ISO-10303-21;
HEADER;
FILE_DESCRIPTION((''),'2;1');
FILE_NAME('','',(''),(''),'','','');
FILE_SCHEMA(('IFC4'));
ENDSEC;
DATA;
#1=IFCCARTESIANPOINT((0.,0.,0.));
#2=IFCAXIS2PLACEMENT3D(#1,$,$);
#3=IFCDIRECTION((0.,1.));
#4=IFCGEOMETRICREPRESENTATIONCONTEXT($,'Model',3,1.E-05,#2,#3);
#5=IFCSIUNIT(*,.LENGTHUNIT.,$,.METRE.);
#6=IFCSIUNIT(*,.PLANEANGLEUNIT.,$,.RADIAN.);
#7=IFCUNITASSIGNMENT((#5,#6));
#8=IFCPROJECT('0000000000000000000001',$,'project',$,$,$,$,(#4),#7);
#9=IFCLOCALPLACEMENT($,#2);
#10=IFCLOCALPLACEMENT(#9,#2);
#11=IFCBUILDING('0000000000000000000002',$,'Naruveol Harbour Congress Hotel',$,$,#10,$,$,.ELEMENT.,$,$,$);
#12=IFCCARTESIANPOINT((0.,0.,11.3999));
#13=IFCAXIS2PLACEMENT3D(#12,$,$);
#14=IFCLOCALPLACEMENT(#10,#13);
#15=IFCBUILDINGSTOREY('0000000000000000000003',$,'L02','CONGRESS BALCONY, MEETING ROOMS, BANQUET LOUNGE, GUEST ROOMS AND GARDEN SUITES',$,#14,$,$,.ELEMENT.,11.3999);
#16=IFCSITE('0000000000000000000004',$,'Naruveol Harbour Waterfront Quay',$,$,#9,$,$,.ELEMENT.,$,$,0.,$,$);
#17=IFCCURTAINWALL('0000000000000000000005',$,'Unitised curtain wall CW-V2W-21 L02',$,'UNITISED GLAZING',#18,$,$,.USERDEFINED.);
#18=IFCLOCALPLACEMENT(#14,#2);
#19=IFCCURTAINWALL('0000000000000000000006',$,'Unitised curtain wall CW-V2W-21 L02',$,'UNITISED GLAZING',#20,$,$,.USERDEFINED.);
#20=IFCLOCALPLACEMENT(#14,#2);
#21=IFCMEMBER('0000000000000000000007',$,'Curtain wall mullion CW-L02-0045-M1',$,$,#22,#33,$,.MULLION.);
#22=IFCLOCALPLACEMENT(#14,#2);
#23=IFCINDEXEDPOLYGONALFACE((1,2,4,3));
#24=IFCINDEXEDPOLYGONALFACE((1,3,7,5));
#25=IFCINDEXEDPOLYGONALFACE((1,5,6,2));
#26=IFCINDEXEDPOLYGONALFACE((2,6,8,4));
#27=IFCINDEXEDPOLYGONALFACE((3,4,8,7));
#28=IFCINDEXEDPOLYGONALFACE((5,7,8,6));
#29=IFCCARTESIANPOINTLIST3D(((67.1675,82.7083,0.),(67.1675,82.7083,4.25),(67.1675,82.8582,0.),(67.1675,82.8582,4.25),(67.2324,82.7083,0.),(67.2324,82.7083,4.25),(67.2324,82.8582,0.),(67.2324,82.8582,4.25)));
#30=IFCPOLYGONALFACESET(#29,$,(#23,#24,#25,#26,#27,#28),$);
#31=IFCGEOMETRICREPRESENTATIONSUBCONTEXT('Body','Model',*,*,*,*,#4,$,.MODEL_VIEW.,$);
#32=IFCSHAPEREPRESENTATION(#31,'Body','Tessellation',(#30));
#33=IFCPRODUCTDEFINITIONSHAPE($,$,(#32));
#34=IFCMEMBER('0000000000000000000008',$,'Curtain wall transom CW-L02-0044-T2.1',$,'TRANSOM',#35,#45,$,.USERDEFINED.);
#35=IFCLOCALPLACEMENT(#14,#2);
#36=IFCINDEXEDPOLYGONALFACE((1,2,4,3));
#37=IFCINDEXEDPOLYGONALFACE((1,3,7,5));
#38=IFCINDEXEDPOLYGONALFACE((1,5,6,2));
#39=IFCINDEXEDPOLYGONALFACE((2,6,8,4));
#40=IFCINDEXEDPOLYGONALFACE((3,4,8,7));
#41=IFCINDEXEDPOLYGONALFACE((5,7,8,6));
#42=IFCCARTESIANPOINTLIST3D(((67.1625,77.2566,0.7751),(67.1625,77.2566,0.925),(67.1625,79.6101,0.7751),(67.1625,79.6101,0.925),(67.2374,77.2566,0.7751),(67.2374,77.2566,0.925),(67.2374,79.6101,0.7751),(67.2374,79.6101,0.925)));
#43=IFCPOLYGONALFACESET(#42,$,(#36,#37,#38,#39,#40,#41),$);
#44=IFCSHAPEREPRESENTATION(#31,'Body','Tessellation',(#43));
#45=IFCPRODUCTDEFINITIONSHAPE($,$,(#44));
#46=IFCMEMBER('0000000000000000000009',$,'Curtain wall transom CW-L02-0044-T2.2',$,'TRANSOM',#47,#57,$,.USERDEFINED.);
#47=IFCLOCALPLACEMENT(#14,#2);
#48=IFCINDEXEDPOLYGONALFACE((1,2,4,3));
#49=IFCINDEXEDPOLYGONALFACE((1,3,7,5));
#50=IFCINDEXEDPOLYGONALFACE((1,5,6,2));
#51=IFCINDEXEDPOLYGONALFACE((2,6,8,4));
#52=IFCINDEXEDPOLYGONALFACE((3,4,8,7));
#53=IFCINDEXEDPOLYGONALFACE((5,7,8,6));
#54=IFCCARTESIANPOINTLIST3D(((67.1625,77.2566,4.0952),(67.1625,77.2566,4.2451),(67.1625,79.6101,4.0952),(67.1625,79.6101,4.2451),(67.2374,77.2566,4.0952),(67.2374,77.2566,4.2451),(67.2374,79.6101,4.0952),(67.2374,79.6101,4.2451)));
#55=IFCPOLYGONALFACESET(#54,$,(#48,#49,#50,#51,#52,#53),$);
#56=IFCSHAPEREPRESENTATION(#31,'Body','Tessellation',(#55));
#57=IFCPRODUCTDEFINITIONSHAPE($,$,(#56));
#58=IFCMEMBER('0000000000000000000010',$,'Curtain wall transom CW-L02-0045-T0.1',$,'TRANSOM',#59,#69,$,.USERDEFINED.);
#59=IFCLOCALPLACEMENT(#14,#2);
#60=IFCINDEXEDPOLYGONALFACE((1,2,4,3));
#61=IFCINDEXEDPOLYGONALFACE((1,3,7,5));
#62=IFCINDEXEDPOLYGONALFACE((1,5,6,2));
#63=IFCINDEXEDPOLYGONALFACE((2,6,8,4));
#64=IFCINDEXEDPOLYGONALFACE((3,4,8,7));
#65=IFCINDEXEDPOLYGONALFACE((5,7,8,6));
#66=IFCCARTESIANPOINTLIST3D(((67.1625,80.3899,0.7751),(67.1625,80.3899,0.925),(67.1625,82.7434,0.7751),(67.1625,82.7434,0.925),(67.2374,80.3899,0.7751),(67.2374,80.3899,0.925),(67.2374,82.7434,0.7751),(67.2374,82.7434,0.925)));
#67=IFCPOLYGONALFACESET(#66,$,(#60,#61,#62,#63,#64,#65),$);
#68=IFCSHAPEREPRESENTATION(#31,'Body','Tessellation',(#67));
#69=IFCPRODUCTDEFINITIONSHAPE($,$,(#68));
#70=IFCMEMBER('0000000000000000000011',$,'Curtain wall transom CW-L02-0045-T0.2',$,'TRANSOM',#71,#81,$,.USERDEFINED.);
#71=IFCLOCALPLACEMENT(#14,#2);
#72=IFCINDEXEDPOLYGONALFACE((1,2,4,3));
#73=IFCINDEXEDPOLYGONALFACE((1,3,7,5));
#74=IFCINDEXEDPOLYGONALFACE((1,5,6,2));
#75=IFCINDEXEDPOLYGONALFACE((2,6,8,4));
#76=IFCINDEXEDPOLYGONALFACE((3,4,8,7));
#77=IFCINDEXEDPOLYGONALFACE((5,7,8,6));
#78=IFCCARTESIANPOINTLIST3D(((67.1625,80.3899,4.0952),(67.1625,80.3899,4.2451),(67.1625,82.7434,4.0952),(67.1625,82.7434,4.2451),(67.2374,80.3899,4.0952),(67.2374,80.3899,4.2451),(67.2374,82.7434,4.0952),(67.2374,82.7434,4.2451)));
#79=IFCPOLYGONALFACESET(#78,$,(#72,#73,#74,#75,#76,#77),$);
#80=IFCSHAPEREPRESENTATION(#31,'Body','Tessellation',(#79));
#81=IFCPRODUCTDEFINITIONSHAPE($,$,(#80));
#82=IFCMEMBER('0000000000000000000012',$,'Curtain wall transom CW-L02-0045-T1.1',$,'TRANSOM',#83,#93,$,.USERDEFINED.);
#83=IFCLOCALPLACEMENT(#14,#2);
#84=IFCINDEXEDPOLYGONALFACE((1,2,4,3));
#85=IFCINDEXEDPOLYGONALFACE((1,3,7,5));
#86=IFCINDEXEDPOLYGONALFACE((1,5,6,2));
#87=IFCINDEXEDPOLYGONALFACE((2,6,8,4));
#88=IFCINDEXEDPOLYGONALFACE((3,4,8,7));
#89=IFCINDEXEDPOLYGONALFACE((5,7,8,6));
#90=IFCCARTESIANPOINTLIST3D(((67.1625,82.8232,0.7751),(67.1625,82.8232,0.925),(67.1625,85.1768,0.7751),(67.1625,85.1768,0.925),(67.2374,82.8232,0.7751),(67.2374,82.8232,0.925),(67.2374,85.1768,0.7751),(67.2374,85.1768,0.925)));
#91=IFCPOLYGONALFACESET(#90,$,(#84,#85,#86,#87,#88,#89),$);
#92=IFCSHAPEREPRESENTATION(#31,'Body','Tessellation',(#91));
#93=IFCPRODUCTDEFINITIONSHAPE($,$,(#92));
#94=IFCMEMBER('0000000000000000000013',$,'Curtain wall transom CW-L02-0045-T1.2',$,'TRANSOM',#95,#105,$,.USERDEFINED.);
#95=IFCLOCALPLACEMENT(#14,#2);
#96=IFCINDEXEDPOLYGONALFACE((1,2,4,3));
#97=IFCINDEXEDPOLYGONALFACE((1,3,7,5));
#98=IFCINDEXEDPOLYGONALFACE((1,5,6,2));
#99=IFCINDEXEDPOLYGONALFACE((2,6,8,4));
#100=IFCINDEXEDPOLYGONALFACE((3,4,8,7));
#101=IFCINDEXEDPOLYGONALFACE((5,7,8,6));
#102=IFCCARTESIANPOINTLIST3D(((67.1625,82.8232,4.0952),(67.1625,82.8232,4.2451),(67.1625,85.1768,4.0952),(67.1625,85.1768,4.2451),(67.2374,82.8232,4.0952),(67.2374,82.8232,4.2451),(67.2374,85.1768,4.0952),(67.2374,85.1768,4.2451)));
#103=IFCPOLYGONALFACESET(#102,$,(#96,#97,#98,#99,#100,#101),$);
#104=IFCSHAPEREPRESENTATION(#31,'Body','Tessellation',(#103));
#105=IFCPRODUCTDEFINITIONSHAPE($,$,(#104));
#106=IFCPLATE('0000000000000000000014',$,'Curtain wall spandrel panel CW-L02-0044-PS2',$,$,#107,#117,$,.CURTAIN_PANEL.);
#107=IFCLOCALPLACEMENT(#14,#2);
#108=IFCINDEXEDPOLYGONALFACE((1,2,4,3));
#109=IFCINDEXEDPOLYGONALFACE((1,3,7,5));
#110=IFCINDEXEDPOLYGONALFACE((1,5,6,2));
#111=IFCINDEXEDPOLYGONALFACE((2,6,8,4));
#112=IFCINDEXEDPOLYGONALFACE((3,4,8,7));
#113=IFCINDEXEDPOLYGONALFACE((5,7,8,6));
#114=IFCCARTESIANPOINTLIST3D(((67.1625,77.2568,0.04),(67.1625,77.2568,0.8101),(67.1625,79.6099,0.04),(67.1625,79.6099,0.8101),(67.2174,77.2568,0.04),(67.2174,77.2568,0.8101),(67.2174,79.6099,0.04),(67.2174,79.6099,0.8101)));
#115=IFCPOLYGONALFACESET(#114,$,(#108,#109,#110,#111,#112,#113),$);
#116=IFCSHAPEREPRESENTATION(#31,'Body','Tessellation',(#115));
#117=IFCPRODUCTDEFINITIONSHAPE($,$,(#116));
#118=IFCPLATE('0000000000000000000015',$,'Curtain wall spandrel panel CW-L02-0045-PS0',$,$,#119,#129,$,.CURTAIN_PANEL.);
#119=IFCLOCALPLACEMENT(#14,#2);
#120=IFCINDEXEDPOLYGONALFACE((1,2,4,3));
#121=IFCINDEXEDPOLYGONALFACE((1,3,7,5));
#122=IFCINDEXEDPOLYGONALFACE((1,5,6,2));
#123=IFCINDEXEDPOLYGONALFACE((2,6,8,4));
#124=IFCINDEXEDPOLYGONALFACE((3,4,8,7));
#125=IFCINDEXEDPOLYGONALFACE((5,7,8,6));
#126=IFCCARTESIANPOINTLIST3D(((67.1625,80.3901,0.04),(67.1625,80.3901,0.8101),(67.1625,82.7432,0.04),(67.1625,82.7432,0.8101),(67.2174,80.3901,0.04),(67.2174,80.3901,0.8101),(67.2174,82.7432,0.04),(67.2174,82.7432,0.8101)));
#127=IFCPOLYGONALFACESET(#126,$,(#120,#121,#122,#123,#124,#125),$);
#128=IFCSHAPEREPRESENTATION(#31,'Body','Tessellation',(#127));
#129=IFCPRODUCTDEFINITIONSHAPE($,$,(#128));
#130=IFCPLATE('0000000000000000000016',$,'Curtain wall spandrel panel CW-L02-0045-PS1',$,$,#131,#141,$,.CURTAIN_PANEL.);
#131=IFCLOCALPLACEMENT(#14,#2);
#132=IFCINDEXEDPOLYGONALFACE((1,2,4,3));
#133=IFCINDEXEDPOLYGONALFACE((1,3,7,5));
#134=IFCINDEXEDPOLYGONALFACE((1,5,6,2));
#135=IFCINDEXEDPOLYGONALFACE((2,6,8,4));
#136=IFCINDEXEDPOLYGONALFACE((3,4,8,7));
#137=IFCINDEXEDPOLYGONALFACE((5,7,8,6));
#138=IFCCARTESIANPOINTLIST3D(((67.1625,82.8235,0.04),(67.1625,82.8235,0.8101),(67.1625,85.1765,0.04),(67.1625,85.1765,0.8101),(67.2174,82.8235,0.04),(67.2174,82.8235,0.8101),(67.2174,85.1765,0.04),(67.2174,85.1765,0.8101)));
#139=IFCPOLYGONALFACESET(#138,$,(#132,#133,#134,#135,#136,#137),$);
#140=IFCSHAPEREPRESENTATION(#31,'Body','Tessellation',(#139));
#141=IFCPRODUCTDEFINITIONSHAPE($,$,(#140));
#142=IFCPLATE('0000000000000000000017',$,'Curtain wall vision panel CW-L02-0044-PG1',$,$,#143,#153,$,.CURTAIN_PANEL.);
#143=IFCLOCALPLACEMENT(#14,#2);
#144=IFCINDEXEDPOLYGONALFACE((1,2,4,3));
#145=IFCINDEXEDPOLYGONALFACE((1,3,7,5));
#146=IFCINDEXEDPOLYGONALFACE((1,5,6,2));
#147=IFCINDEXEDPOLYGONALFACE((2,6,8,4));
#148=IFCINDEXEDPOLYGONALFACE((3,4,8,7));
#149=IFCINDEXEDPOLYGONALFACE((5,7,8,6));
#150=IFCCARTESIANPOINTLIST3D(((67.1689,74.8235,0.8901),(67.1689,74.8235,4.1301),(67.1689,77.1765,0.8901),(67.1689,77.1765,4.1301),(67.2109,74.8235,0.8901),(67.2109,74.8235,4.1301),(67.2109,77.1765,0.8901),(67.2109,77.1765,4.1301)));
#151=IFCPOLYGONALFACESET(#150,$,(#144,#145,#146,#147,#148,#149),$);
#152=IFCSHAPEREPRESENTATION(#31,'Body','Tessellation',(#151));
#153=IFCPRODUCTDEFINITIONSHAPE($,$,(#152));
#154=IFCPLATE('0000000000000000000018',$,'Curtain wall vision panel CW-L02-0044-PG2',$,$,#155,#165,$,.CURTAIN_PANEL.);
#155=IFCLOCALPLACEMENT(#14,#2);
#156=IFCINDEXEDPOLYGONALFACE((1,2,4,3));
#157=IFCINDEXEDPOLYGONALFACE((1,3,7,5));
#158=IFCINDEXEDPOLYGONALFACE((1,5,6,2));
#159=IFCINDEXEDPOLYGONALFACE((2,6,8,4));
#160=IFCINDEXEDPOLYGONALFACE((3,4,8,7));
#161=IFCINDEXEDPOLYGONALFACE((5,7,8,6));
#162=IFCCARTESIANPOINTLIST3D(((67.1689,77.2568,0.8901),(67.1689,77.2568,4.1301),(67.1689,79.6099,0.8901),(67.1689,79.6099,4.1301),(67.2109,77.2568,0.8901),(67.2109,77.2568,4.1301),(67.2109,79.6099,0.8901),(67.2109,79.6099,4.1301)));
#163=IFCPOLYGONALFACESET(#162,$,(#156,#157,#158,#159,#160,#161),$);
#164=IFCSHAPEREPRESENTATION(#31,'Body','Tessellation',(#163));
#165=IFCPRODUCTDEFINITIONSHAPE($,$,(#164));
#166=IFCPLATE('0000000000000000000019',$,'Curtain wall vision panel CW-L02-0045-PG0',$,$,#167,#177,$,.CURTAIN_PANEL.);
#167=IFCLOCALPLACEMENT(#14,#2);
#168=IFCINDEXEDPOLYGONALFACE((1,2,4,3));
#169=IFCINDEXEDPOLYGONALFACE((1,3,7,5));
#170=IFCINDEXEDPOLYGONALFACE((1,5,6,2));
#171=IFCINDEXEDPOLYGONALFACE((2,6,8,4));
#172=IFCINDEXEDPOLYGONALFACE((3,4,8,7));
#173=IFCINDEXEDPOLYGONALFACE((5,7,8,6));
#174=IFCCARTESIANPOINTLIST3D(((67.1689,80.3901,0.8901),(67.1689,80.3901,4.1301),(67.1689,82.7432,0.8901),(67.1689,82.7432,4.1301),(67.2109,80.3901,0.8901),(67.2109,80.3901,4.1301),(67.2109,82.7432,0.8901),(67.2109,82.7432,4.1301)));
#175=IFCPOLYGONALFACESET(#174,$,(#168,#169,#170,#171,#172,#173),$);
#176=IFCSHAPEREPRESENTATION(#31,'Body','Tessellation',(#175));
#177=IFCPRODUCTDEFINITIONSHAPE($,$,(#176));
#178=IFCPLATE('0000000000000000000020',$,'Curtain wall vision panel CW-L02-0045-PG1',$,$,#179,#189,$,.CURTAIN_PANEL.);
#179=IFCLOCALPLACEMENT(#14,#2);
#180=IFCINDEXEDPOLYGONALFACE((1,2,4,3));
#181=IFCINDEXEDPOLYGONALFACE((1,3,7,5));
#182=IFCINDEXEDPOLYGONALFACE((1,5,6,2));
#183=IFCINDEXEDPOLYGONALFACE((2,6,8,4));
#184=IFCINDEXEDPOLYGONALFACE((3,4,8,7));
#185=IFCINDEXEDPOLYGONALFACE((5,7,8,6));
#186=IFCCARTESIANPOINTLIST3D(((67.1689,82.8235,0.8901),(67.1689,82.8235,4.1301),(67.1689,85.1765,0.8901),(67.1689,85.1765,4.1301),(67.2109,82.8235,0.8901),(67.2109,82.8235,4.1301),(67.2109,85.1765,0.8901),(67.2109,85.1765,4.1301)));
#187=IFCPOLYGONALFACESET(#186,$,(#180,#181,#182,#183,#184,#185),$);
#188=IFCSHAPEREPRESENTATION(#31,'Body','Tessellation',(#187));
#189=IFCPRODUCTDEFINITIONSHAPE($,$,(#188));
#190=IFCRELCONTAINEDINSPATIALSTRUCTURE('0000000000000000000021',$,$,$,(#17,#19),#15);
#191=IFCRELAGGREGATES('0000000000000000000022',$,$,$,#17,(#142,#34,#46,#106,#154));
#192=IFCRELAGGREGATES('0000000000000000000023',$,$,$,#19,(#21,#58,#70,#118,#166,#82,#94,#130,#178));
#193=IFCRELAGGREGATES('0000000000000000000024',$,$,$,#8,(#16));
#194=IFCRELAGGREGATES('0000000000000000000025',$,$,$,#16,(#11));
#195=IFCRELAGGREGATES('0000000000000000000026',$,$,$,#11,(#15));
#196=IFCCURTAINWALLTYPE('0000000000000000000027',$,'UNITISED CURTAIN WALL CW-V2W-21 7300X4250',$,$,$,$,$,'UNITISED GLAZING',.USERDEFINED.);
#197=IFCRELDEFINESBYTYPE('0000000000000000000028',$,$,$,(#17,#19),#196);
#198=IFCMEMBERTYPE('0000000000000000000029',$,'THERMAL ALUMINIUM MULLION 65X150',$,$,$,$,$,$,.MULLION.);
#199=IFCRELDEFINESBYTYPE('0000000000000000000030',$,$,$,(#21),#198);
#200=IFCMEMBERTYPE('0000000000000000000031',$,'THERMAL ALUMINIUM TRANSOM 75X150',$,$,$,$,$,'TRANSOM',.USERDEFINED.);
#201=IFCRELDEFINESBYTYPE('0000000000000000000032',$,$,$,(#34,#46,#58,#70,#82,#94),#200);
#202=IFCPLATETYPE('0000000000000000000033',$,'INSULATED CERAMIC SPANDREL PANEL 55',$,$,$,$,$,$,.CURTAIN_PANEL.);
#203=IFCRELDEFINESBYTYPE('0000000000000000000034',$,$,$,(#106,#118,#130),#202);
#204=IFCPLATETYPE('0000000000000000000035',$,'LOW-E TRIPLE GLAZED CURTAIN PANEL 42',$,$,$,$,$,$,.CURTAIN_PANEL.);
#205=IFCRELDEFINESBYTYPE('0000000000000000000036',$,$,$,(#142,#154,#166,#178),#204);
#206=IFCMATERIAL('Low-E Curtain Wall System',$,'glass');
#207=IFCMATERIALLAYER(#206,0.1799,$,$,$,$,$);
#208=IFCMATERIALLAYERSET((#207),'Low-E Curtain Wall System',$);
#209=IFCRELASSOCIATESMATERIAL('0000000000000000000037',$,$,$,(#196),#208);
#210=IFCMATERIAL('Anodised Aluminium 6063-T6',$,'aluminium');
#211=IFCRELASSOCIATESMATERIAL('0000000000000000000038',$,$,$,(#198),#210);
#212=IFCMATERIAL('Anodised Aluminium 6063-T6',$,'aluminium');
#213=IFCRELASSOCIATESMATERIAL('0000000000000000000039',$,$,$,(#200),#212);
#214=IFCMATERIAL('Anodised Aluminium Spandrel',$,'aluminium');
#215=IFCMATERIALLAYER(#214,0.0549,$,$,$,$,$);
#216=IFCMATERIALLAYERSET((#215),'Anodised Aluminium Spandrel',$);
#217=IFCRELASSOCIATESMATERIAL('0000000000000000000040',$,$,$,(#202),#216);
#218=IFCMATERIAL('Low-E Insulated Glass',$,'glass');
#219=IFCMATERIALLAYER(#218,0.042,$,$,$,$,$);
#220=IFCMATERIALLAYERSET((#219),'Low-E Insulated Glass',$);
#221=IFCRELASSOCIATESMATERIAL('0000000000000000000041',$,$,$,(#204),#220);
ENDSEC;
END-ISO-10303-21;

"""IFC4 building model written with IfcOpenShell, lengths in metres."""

from ifc_helpers import new_model, si_unit, direction, frame, origin, origin_2d, place, context, subcontext, project, spatial, rectangle, extrude, material, layer, layer_set, material_profile, profile_set, type_object, element, aggregate, save


model = new_model("IFC4")

# Units and contexts
model_context = context("Model", 3, precision=1e-05, world=origin(), true_north=direction((0.0, 1.0)))
body_context = subcontext(model_context, "Body", "Model", "MODEL_VIEW")
ifc_project = project(units=[si_unit("LENGTHUNIT", "METRE"), si_unit("PLANEANGLEUNIT", "RADIAN")], contexts=[model_context])

# Site, building, storey
site_placement = place(None, origin())
site = spatial("IfcSite", under=ifc_project, at=site_placement, Name="Naruveol Harbour Waterfront Quay", CompositionType="ELEMENT", RefElevation=0.0)
building_placement = place(site_placement, origin())
building = spatial("IfcBuilding", under=site, at=building_placement, Name="Naruveol Harbour Congress Hotel", CompositionType="ELEMENT")
storey_placement = place(building_placement, frame((0.0, 0.0, 11.3999)))
storey = spatial("IfcBuildingStorey", under=building, at=storey_placement, Name="L02", Description="CONGRESS BALCONY, MEETING ROOMS, BANQUET LOUNGE, GUEST ROOMS AND GARDEN SUITES", CompositionType="ELEMENT", Elevation=11.3999)

# Curtain walls, member
ifc_material_1 = material(Name="Low-E Curtain Wall System", Category="glass")
ifc_layer_1 = layer(ifc_material_1, 0.1799)
ifc_layer_set_1 = layer_set([ifc_layer_1], Name="Low-E Curtain Wall System")
curtain_wall_type = type_object("IfcCurtainWallType", Name="UNITISED CURTAIN WALL CW-V2W-21 7300X4250", ElementType="UNITISED GLAZING", PredefinedType="USERDEFINED", material=ifc_layer_set_1)
curtain_wall_1_placement = place(storey_placement, origin())
curtain_wall_1 = element("IfcCurtainWall", 1, at=curtain_wall_1_placement, inside=storey, type_object=curtain_wall_type, Name="Unitised curtain wall CW-V2W-21 L02", ObjectType="UNITISED GLAZING", PredefinedType="USERDEFINED")
ifc_material_2 = material(Name="Anodised Aluminium 6063-T6", Category="aluminium")
ifc_material_profile_1 = material_profile(ifc_material_2, rectangle(XDim=0.0649, YDim=0.1499, at=origin_2d()), Name="ALU-65x150")
ifc_profile_set_1 = profile_set([ifc_material_profile_1], Name="Anodised Aluminium 6063-T6")
member_type_1 = type_object("IfcMemberType", Name="THERMAL ALUMINIUM MULLION 65X150", PredefinedType="MULLION", material=ifc_profile_set_1)
curtain_wall_2_placement = place(storey_placement, origin())
curtain_wall_2 = element("IfcCurtainWall", 2, at=curtain_wall_2_placement, inside=storey, type_object=curtain_wall_type, Name="Unitised curtain wall CW-V2W-21 L02", ObjectType="UNITISED GLAZING", PredefinedType="USERDEFINED")
member_1_placement = place(storey_placement, frame((67.2, 82.7832, 0.0), z_axis=(0.0, 0.0, 1.0), x_axis=(1.0, 0.0, 0.0)))
member_1 = element("IfcMember", 3, at=member_1_placement, type_object=member_type_1, Name="Curtain wall mullion CW-L02-0045-M1", PredefinedType="MULLION", context=body_context, shape_type="SweptSolid", body=[
    extrude(rectangle(XDim=0.0649, YDim=0.1499, at=origin_2d()), origin(), (0.0, 0.0, 1.0), 4.25),
])

# Members
ifc_material_3 = material(Name="Anodised Aluminium 6063-T6", Category="aluminium")
ifc_material_profile_2 = material_profile(ifc_material_3, rectangle(XDim=0.075, YDim=0.1499, at=origin_2d()), Name="ALU-75x150")
ifc_profile_set_2 = profile_set([ifc_material_profile_2], Name="Anodised Aluminium 6063-T6")
member_type_2 = type_object("IfcMemberType", Name="THERMAL ALUMINIUM TRANSOM 75X150", ElementType="TRANSOM", PredefinedType="USERDEFINED", material=ifc_profile_set_2)
member_2_placement = place(storey_placement, frame((67.2, 77.2566, 0.8501), z_axis=(0.0, 1.0, 0.0), x_axis=(-1.0, 0.0, 0.0)))
member_2 = element("IfcMember", 4, at=member_2_placement, type_object=member_type_2, Name="Curtain wall transom CW-L02-0044-T2.1", ObjectType="TRANSOM", PredefinedType="USERDEFINED", context=body_context, shape_type="SweptSolid", body=[
    extrude(rectangle(XDim=0.075, YDim=0.1499, at=origin_2d()), origin(), (0.0, 0.0, 1.0), 2.3535),
])
member_3_placement = place(storey_placement, frame((67.2, 77.2566, 4.1702), z_axis=(0.0, 1.0, 0.0), x_axis=(-1.0, 0.0, 0.0)))
member_3 = element("IfcMember", 5, at=member_3_placement, type_object=member_type_2, Name="Curtain wall transom CW-L02-0044-T2.2", ObjectType="TRANSOM", PredefinedType="USERDEFINED", context=body_context, shape_type="SweptSolid", body=[
    extrude(rectangle(XDim=0.075, YDim=0.1499, at=origin_2d()), origin(), (0.0, 0.0, 1.0), 2.3535),
])
member_4_placement = place(storey_placement, frame((67.2, 80.3899, 0.8501), z_axis=(0.0, 1.0, 0.0), x_axis=(-1.0, 0.0, 0.0)))
member_4 = element("IfcMember", 6, at=member_4_placement, type_object=member_type_2, Name="Curtain wall transom CW-L02-0045-T0.1", ObjectType="TRANSOM", PredefinedType="USERDEFINED", context=body_context, shape_type="SweptSolid", body=[
    extrude(rectangle(XDim=0.075, YDim=0.1499, at=origin_2d()), origin(), (0.0, 0.0, 1.0), 2.3535),
])
member_5_placement = place(storey_placement, frame((67.2, 80.3899, 4.1702), z_axis=(0.0, 1.0, 0.0), x_axis=(-1.0, 0.0, 0.0)))
member_5 = element("IfcMember", 7, at=member_5_placement, type_object=member_type_2, Name="Curtain wall transom CW-L02-0045-T0.2", ObjectType="TRANSOM", PredefinedType="USERDEFINED", context=body_context, shape_type="SweptSolid", body=[
    extrude(rectangle(XDim=0.075, YDim=0.1499, at=origin_2d()), origin(), (0.0, 0.0, 1.0), 2.3535),
])
member_6_placement = place(storey_placement, frame((67.2, 82.8232, 0.8501), z_axis=(0.0, 1.0, 0.0), x_axis=(-1.0, 0.0, 0.0)))
member_6 = element("IfcMember", 8, at=member_6_placement, type_object=member_type_2, Name="Curtain wall transom CW-L02-0045-T1.1", ObjectType="TRANSOM", PredefinedType="USERDEFINED", context=body_context, shape_type="SweptSolid", body=[
    extrude(rectangle(XDim=0.075, YDim=0.1499, at=origin_2d()), origin(), (0.0, 0.0, 1.0), 2.3535),
])
member_7_placement = place(storey_placement, frame((67.2, 82.8232, 4.1702), z_axis=(0.0, 1.0, 0.0), x_axis=(-1.0, 0.0, 0.0)))
member_7 = element("IfcMember", 9, at=member_7_placement, type_object=member_type_2, Name="Curtain wall transom CW-L02-0045-T1.2", ObjectType="TRANSOM", PredefinedType="USERDEFINED", context=body_context, shape_type="SweptSolid", body=[
    extrude(rectangle(XDim=0.075, YDim=0.1499, at=origin_2d()), origin(), (0.0, 0.0, 1.0), 2.3535),
])

# Plates
ifc_material_4 = material(Name="Anodised Aluminium Spandrel", Category="aluminium")
ifc_layer_2 = layer(ifc_material_4, 0.0549)
ifc_layer_set_2 = layer_set([ifc_layer_2], Name="Anodised Aluminium Spandrel")
plate_type_1 = type_object("IfcPlateType", Name="INSULATED CERAMIC SPANDREL PANEL 55", PredefinedType="CURTAIN_PANEL", material=ifc_layer_set_2)
plate_1_placement = place(storey_placement, frame((67.1899, 78.4333, 0.04), z_axis=(0.0, 0.0, 1.0), x_axis=(0.0, 1.0, 0.0)))
plate_1 = element("IfcPlate", 10, at=plate_1_placement, type_object=plate_type_1, Name="Curtain wall spandrel panel CW-L02-0044-PS2", PredefinedType="CURTAIN_PANEL", context=body_context, shape_type="SweptSolid", body=[
    extrude(rectangle(XDim=2.353, YDim=0.0549, at=origin_2d()), origin(), (0.0, 0.0, 1.0), 0.77),
])
plate_2_placement = place(storey_placement, frame((67.1899, 81.5667, 0.04), z_axis=(0.0, 0.0, 1.0), x_axis=(0.0, 1.0, 0.0)))
plate_2 = element("IfcPlate", 11, at=plate_2_placement, type_object=plate_type_1, Name="Curtain wall spandrel panel CW-L02-0045-PS0", PredefinedType="CURTAIN_PANEL", context=body_context, shape_type="SweptSolid", body=[
    extrude(rectangle(XDim=2.353, YDim=0.0549, at=origin_2d()), origin(), (0.0, 0.0, 1.0), 0.77),
])
plate_3_placement = place(storey_placement, frame((67.1899, 84.0, 0.04), z_axis=(0.0, 0.0, 1.0), x_axis=(0.0, 1.0, 0.0)))
plate_3 = element("IfcPlate", 12, at=plate_3_placement, type_object=plate_type_1, Name="Curtain wall spandrel panel CW-L02-0045-PS1", PredefinedType="CURTAIN_PANEL", context=body_context, shape_type="SweptSolid", body=[
    extrude(rectangle(XDim=2.353, YDim=0.0549, at=origin_2d()), origin(), (0.0, 0.0, 1.0), 0.77),
])
ifc_material_5 = material(Name="Low-E Insulated Glass", Category="glass")
ifc_layer_3 = layer(ifc_material_5, 0.042)
ifc_layer_set_3 = layer_set([ifc_layer_3], Name="Low-E Insulated Glass")
plate_type_2 = type_object("IfcPlateType", Name="LOW-E TRIPLE GLAZED CURTAIN PANEL 42", PredefinedType="CURTAIN_PANEL", material=ifc_layer_set_3)
plate_4_placement = place(storey_placement, frame((67.1899, 76.0, 0.8901), z_axis=(0.0, 0.0, 1.0), x_axis=(0.0, 1.0, 0.0)))
plate_4 = element("IfcPlate", 13, at=plate_4_placement, type_object=plate_type_2, Name="Curtain wall vision panel CW-L02-0044-PG1", PredefinedType="CURTAIN_PANEL", context=body_context, shape_type="SweptSolid", body=[
    extrude(rectangle(XDim=2.353, YDim=0.042, at=origin_2d()), origin(), (0.0, 0.0, 1.0), 3.24),
])
plate_5_placement = place(storey_placement, frame((67.1899, 78.4333, 0.8901), z_axis=(0.0, 0.0, 1.0), x_axis=(0.0, 1.0, 0.0)))
plate_5 = element("IfcPlate", 14, at=plate_5_placement, type_object=plate_type_2, Name="Curtain wall vision panel CW-L02-0044-PG2", PredefinedType="CURTAIN_PANEL", context=body_context, shape_type="SweptSolid", body=[
    extrude(rectangle(XDim=2.353, YDim=0.042, at=origin_2d()), origin(), (0.0, 0.0, 1.0), 3.24),
])
aggregate(curtain_wall_1, [plate_4, member_2, member_3, plate_1, plate_5])
plate_6_placement = place(storey_placement, frame((67.1899, 81.5667, 0.8901), z_axis=(0.0, 0.0, 1.0), x_axis=(0.0, 1.0, 0.0)))
plate_6 = element("IfcPlate", 15, at=plate_6_placement, type_object=plate_type_2, Name="Curtain wall vision panel CW-L02-0045-PG0", PredefinedType="CURTAIN_PANEL", context=body_context, shape_type="SweptSolid", body=[
    extrude(rectangle(XDim=2.353, YDim=0.042, at=origin_2d()), origin(), (0.0, 0.0, 1.0), 3.24),
])
plate_7_placement = place(storey_placement, frame((67.1899, 84.0, 0.8901), z_axis=(0.0, 0.0, 1.0), x_axis=(0.0, 1.0, 0.0)))
plate_7 = element("IfcPlate", 16, at=plate_7_placement, type_object=plate_type_2, Name="Curtain wall vision panel CW-L02-0045-PG1", PredefinedType="CURTAIN_PANEL", context=body_context, shape_type="SweptSolid", body=[
    extrude(rectangle(XDim=2.353, YDim=0.042, at=origin_2d()), origin(), (0.0, 0.0, 1.0), 3.24),
])
aggregate(curtain_wall_2, [member_1, member_4, member_5, plate_2, plate_6, member_6, member_7, plate_3, plate_7])

save(model, "model.ifc")
